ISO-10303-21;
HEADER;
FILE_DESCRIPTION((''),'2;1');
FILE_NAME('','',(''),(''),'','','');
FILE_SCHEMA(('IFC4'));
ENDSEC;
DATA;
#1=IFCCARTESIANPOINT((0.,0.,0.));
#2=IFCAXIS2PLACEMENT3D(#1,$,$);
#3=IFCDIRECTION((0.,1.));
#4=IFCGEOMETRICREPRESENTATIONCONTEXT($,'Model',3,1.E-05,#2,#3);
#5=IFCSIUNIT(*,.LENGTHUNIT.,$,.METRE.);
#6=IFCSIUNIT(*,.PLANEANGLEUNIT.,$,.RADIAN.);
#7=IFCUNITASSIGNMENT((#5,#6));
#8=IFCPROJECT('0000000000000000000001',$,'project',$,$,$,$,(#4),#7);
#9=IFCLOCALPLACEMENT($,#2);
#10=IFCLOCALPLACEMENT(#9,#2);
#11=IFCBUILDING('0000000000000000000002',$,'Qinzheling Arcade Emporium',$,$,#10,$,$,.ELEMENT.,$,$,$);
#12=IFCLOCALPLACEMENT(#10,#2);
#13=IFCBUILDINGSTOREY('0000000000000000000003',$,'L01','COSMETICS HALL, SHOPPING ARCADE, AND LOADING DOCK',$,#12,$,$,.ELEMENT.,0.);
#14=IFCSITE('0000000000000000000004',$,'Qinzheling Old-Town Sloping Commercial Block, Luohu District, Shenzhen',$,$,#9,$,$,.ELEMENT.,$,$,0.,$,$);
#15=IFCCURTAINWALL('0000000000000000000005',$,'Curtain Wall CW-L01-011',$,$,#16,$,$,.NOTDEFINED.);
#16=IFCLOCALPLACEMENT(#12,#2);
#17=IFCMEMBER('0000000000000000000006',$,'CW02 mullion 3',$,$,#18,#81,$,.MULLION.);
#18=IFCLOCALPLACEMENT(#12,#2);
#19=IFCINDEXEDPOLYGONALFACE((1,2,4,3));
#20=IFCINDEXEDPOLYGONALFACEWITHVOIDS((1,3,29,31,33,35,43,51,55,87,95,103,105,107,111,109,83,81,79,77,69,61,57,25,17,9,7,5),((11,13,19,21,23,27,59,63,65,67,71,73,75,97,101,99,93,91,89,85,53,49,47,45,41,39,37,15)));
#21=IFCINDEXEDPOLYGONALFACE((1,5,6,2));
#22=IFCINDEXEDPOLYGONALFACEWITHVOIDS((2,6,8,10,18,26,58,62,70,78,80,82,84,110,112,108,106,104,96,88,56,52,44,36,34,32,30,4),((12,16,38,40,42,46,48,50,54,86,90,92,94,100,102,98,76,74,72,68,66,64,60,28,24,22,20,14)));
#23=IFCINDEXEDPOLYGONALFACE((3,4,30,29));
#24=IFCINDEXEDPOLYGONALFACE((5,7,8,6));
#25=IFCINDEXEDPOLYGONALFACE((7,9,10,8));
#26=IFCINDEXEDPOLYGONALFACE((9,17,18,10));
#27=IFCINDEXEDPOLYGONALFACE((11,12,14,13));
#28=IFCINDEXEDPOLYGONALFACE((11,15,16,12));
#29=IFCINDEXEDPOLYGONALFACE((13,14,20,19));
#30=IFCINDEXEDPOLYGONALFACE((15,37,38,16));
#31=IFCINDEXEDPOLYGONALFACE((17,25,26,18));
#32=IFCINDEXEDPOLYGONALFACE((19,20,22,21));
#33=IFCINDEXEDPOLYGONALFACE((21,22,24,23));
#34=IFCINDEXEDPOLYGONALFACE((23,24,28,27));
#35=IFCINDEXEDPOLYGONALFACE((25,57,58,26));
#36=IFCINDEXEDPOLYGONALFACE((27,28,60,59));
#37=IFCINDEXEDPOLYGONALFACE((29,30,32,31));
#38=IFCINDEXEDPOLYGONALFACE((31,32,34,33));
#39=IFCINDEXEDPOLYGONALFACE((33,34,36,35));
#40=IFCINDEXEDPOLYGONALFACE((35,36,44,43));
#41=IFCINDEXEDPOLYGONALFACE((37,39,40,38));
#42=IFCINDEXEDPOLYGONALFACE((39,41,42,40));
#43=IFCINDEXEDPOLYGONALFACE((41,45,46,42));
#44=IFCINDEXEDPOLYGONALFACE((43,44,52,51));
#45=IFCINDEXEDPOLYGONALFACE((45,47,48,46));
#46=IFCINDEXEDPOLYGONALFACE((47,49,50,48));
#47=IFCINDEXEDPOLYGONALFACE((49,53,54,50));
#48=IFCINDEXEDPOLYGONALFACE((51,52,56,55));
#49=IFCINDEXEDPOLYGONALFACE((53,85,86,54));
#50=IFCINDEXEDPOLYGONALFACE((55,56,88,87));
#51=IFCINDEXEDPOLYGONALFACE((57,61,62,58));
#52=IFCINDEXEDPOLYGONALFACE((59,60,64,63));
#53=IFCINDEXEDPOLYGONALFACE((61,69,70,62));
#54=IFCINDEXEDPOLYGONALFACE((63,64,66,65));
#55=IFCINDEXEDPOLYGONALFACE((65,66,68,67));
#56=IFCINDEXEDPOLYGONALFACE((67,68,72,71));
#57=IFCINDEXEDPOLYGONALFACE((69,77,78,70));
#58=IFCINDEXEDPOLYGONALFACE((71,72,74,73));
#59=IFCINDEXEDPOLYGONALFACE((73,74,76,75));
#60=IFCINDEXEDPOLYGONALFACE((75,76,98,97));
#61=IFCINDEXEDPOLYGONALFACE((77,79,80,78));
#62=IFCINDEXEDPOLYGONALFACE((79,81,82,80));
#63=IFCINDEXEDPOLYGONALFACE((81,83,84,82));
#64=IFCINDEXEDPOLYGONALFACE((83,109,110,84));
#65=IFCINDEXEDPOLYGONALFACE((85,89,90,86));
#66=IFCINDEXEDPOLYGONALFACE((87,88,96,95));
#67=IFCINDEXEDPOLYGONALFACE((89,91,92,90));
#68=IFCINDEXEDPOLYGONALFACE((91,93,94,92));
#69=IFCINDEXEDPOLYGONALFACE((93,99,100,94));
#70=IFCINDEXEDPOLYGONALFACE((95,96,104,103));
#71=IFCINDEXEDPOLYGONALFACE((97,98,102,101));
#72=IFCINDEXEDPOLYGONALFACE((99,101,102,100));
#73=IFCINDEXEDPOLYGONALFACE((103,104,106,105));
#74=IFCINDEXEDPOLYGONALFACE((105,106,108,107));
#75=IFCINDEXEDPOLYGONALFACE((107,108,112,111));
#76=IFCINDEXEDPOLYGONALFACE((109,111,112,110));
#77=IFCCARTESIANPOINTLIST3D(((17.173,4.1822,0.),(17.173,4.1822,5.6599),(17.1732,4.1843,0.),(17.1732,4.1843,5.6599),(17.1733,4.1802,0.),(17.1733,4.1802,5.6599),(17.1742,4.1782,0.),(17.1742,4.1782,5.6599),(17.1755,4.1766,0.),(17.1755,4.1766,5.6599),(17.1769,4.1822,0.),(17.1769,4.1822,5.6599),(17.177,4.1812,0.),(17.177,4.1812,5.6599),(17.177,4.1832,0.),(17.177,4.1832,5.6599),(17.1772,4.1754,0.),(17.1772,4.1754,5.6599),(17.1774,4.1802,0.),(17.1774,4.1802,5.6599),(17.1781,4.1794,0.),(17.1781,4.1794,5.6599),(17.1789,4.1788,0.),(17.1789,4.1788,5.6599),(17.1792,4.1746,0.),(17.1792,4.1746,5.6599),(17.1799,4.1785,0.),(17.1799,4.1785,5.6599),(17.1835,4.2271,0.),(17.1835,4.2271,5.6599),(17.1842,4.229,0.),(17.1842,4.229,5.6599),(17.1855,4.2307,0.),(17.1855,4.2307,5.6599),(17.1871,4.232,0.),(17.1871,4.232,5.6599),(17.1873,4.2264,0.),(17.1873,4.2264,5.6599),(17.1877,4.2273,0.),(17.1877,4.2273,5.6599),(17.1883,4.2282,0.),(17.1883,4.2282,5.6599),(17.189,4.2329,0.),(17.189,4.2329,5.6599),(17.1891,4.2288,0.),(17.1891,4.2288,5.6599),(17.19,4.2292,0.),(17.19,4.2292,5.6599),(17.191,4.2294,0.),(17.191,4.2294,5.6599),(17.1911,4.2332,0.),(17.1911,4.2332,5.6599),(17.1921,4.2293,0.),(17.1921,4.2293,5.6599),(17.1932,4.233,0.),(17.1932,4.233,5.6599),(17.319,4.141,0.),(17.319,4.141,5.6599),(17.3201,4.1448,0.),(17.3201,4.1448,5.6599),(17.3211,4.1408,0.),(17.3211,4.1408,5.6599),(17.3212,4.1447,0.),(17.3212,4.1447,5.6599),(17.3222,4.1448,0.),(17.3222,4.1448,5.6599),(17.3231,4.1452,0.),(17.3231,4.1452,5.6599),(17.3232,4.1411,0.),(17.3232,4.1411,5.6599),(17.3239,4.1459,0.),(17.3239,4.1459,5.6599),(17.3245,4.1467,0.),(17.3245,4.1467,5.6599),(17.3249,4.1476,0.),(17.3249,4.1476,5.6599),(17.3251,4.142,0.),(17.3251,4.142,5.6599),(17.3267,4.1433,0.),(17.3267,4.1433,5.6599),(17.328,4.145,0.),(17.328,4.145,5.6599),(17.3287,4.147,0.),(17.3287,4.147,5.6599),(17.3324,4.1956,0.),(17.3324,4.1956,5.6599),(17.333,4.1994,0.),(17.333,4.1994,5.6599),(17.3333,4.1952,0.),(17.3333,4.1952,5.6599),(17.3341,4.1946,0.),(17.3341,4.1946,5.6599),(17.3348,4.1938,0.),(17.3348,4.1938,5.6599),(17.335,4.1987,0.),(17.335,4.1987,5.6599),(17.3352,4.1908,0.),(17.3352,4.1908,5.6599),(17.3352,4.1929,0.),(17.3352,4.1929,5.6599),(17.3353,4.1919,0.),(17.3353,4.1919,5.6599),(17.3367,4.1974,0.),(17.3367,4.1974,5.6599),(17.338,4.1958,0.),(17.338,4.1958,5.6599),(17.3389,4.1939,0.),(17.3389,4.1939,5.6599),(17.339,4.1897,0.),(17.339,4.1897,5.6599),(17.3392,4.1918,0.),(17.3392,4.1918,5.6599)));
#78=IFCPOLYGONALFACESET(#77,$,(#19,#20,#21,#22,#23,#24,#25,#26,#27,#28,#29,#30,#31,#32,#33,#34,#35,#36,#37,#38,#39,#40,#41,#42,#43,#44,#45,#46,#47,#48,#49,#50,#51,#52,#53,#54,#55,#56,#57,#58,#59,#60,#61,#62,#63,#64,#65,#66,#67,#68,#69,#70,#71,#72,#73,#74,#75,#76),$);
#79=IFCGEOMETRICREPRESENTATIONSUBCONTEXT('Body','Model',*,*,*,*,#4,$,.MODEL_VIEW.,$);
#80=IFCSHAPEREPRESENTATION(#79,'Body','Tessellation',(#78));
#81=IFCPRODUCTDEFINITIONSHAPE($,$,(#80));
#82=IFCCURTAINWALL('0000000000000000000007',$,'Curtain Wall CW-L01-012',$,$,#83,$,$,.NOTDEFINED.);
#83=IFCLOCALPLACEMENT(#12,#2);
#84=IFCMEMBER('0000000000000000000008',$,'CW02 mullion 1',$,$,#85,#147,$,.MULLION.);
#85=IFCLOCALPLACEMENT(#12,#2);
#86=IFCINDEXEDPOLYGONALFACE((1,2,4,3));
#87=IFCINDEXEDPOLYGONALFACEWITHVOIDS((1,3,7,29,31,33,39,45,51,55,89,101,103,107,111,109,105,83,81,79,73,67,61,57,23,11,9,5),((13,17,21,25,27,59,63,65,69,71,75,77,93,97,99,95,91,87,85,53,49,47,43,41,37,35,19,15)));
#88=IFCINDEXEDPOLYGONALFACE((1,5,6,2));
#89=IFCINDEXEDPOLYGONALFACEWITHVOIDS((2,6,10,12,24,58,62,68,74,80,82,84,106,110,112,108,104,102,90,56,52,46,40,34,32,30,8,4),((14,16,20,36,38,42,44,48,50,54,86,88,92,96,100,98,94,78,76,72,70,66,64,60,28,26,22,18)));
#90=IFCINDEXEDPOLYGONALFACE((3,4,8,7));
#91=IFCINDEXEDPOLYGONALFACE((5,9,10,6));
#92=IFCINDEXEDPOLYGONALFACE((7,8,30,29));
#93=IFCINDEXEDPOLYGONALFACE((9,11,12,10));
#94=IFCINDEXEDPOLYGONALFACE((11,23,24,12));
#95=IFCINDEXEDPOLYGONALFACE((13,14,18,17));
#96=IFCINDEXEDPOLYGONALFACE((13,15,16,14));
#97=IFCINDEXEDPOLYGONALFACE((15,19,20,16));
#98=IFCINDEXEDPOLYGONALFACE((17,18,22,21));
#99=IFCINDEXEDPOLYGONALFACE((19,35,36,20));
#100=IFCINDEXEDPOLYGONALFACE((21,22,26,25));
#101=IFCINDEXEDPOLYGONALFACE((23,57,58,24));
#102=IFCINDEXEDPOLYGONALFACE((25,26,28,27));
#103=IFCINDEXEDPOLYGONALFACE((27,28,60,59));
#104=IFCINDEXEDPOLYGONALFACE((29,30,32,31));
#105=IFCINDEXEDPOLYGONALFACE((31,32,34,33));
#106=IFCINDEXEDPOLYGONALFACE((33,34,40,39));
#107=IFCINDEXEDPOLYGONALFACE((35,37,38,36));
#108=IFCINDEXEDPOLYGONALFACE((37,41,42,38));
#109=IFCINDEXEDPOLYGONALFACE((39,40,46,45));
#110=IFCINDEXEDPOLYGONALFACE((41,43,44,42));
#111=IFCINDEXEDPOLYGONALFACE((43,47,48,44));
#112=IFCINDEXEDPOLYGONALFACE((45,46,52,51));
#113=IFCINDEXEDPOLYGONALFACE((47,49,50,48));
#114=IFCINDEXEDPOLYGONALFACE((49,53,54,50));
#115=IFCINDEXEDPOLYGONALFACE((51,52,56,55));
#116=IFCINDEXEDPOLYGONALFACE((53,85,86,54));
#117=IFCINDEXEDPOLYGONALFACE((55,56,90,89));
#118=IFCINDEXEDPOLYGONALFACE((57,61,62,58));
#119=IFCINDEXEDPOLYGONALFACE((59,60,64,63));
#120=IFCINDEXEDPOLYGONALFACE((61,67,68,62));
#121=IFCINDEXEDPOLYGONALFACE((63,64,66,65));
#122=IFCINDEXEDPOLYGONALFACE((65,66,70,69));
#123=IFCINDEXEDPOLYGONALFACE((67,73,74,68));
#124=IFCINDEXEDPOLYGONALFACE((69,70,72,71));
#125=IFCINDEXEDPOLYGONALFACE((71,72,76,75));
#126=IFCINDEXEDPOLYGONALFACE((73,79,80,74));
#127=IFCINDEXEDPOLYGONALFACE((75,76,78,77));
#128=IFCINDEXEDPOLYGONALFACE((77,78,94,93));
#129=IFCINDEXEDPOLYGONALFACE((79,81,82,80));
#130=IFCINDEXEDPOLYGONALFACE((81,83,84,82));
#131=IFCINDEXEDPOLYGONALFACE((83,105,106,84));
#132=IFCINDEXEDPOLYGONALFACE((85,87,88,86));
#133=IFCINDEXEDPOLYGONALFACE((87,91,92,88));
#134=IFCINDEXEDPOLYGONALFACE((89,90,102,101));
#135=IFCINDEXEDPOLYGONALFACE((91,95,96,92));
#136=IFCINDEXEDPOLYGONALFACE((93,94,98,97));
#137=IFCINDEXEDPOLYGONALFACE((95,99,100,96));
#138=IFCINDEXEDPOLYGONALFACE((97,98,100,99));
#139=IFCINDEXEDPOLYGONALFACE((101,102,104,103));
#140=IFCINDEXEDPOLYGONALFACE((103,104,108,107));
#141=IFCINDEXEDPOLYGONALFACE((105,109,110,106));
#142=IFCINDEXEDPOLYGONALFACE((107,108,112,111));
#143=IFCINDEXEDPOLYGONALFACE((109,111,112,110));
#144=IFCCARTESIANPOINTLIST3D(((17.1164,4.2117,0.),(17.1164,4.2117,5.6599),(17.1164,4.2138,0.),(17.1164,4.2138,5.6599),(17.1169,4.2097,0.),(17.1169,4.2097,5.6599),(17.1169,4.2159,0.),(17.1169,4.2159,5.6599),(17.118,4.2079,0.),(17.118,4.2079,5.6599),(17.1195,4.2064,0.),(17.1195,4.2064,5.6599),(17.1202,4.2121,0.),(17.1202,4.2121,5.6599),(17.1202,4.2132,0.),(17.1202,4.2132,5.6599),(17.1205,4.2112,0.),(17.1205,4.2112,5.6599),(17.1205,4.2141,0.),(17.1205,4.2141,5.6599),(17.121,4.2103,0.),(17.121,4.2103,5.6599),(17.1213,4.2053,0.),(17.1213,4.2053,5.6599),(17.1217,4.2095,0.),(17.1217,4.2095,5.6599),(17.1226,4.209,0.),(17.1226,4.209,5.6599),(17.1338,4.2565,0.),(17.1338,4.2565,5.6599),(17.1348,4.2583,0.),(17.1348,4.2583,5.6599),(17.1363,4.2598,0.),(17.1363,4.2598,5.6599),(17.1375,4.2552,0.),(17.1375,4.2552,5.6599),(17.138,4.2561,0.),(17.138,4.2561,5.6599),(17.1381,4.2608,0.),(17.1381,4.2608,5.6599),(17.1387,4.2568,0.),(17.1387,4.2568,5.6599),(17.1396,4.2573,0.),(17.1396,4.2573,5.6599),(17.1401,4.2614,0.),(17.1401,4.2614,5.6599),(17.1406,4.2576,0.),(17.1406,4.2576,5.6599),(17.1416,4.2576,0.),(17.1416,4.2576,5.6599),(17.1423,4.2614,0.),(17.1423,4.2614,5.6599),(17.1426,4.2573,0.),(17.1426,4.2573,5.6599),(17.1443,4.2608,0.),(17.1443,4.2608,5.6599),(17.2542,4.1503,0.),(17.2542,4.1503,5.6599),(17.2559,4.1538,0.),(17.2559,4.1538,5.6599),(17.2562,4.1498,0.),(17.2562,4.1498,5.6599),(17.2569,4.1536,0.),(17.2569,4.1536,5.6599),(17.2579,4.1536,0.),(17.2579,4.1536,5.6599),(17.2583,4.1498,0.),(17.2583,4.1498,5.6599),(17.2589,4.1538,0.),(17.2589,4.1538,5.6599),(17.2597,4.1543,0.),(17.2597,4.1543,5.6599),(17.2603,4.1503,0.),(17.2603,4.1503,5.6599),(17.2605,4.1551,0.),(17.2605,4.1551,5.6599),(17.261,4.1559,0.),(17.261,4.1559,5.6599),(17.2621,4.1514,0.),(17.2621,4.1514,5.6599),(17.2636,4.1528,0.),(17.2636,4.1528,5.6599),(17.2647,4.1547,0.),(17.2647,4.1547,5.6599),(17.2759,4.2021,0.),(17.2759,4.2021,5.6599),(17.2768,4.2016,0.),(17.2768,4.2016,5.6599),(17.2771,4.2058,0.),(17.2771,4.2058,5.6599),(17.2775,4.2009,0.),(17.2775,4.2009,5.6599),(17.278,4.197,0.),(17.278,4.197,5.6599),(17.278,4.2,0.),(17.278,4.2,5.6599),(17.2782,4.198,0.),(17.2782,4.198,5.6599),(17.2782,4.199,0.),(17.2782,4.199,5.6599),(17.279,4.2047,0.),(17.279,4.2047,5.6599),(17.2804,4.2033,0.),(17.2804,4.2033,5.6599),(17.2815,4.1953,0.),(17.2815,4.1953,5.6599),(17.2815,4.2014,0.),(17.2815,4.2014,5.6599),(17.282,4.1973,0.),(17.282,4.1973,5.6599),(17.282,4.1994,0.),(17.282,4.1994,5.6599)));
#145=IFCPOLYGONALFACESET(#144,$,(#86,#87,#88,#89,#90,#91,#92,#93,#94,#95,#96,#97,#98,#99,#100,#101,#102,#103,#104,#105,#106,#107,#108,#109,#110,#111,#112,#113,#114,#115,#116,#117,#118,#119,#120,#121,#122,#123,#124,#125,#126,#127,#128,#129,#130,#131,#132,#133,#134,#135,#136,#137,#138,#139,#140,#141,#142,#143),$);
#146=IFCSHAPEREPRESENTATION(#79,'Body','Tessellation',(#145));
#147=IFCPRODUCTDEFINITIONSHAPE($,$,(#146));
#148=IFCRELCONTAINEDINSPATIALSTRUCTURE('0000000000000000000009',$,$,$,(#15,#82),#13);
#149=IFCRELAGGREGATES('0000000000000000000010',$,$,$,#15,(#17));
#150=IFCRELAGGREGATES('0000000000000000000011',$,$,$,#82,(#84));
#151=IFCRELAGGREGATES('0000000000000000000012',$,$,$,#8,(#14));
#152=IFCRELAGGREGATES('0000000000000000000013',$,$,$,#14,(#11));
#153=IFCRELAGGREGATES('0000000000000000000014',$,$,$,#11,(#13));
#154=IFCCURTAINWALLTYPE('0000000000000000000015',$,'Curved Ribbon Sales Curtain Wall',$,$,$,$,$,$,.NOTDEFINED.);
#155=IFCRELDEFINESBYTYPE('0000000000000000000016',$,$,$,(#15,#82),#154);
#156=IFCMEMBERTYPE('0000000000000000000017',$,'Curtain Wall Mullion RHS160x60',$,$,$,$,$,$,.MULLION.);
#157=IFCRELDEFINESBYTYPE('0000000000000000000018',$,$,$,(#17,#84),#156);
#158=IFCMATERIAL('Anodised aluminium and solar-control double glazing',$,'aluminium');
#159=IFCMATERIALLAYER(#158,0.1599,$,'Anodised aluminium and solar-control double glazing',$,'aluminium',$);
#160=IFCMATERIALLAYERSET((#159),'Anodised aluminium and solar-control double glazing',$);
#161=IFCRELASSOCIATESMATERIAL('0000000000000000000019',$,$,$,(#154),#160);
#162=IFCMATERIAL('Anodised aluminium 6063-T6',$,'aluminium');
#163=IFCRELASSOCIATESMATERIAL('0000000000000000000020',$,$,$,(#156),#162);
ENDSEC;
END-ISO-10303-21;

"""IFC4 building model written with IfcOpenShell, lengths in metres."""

from ifc_helpers import new_model, si_unit, direction, frame, origin, origin_2d, place, context, subcontext, project, spatial, hollow_rectangle, extrude, material, layer, layer_set, material_profile, profile_set, type_object, element, aggregate, save


model = new_model("IFC4")

# Units and contexts
model_context = context("Model", 3, precision=1e-05, world=origin(), true_north=direction((0.0, 1.0)))
body_context = subcontext(model_context, "Body", "Model", "MODEL_VIEW")
ifc_project = project(units=[si_unit("LENGTHUNIT", "METRE"), si_unit("PLANEANGLEUNIT", "RADIAN")], contexts=[model_context])

# Site, building, storey
site_placement = place(None, origin())
site = spatial("IfcSite", under=ifc_project, at=site_placement, Name="Qinzheling Old-Town Sloping Commercial Block, Luohu District, Shenzhen", CompositionType="ELEMENT", RefElevation=0.0)
building_placement = place(site_placement, origin())
building = spatial("IfcBuilding", under=site, at=building_placement, Name="Qinzheling Arcade Emporium", CompositionType="ELEMENT")
storey_placement = place(building_placement, origin())
storey = spatial("IfcBuildingStorey", under=building, at=storey_placement, Name="L01", Description="COSMETICS HALL, SHOPPING ARCADE, AND LOADING DOCK", CompositionType="ELEMENT", Elevation=0.0)

# Curtain wall, member
ifc_material_1 = material(Name="Anodised aluminium and solar-control double glazing", Category="aluminium")
ifc_layer_1 = layer(ifc_material_1, 0.1599, Name="Anodised aluminium and solar-control double glazing", Category="aluminium")
ifc_layer_set_1 = layer_set([ifc_layer_1], Name="Anodised aluminium and solar-control double glazing")
curtain_wall_type = type_object("IfcCurtainWallType", Name="Curved Ribbon Sales Curtain Wall", PredefinedType="NOTDEFINED", material=ifc_layer_set_1)
curtain_wall_1_placement = place(storey_placement, origin())
curtain_wall_1 = element("IfcCurtainWall", 1, at=curtain_wall_1_placement, inside=storey, type_object=curtain_wall_type, Name="Curtain Wall CW-L01-011", PredefinedType="NOTDEFINED")
ifc_material_2 = material(Name="Anodised aluminium 6063-T6", Category="aluminium")
ifc_material_profile_1 = material_profile(ifc_material_2, hollow_rectangle(XDim=0.0601, YDim=0.1599, WallThickness=0.0039, InnerFilletRadius=0.0039, OuterFilletRadius=0.0081, at=origin_2d()), Name="RHS 160x60x4", Category="aluminium")
ifc_profile_set_1 = profile_set([ifc_material_profile_1], Name="Anodised aluminium 6063-T6")
member_type_1 = type_object("IfcMemberType", Name="Curtain Wall Mullion RHS160x60", PredefinedType="MULLION", material=ifc_profile_set_1)
member_1_placement = place(storey_placement, frame((17.2561, 4.187, 0.0), z_axis=(0.0, 0.0, 1.0), x_axis=(-0.233587, -0.972336, 0.0)))
member_1 = element("IfcMember", 2, at=member_1_placement, type_object=member_type_1, Name="CW02 mullion 3", PredefinedType="MULLION", context=body_context, shape_type="SweptSolid", body=[
    extrude(hollow_rectangle(XDim=0.0601, YDim=0.1599, WallThickness=0.0039, InnerFilletRadius=0.0039, OuterFilletRadius=0.0081, at=origin_2d()), origin(), (0.0, 0.0, 1.0), 5.6599),
])

# Curtain wall, member
curtain_wall_2_placement = place(storey_placement, origin())
curtain_wall_2 = element("IfcCurtainWall", 3, at=curtain_wall_2_placement, inside=storey, type_object=curtain_wall_type, Name="Curtain Wall CW-L01-012", PredefinedType="NOTDEFINED")
member_2_placement = place(storey_placement, frame((17.1992, 4.2056, 0.0), z_axis=(0.0, 0.0, 1.0), x_axis=(-0.382675, -0.923883, 0.0)))
member_2 = element("IfcMember", 4, at=member_2_placement, type_object=member_type_1, Name="CW02 mullion 1", PredefinedType="MULLION", context=body_context, shape_type="SweptSolid", body=[
    extrude(hollow_rectangle(XDim=0.0601, YDim=0.1599, WallThickness=0.0039, InnerFilletRadius=0.0039, OuterFilletRadius=0.0081, at=origin_2d()), origin(), (0.0, 0.0, 1.0), 5.6599),
])

aggregate(curtain_wall_1, [member_1])
aggregate(curtain_wall_2, [member_2])

save(model, "model.ifc")
